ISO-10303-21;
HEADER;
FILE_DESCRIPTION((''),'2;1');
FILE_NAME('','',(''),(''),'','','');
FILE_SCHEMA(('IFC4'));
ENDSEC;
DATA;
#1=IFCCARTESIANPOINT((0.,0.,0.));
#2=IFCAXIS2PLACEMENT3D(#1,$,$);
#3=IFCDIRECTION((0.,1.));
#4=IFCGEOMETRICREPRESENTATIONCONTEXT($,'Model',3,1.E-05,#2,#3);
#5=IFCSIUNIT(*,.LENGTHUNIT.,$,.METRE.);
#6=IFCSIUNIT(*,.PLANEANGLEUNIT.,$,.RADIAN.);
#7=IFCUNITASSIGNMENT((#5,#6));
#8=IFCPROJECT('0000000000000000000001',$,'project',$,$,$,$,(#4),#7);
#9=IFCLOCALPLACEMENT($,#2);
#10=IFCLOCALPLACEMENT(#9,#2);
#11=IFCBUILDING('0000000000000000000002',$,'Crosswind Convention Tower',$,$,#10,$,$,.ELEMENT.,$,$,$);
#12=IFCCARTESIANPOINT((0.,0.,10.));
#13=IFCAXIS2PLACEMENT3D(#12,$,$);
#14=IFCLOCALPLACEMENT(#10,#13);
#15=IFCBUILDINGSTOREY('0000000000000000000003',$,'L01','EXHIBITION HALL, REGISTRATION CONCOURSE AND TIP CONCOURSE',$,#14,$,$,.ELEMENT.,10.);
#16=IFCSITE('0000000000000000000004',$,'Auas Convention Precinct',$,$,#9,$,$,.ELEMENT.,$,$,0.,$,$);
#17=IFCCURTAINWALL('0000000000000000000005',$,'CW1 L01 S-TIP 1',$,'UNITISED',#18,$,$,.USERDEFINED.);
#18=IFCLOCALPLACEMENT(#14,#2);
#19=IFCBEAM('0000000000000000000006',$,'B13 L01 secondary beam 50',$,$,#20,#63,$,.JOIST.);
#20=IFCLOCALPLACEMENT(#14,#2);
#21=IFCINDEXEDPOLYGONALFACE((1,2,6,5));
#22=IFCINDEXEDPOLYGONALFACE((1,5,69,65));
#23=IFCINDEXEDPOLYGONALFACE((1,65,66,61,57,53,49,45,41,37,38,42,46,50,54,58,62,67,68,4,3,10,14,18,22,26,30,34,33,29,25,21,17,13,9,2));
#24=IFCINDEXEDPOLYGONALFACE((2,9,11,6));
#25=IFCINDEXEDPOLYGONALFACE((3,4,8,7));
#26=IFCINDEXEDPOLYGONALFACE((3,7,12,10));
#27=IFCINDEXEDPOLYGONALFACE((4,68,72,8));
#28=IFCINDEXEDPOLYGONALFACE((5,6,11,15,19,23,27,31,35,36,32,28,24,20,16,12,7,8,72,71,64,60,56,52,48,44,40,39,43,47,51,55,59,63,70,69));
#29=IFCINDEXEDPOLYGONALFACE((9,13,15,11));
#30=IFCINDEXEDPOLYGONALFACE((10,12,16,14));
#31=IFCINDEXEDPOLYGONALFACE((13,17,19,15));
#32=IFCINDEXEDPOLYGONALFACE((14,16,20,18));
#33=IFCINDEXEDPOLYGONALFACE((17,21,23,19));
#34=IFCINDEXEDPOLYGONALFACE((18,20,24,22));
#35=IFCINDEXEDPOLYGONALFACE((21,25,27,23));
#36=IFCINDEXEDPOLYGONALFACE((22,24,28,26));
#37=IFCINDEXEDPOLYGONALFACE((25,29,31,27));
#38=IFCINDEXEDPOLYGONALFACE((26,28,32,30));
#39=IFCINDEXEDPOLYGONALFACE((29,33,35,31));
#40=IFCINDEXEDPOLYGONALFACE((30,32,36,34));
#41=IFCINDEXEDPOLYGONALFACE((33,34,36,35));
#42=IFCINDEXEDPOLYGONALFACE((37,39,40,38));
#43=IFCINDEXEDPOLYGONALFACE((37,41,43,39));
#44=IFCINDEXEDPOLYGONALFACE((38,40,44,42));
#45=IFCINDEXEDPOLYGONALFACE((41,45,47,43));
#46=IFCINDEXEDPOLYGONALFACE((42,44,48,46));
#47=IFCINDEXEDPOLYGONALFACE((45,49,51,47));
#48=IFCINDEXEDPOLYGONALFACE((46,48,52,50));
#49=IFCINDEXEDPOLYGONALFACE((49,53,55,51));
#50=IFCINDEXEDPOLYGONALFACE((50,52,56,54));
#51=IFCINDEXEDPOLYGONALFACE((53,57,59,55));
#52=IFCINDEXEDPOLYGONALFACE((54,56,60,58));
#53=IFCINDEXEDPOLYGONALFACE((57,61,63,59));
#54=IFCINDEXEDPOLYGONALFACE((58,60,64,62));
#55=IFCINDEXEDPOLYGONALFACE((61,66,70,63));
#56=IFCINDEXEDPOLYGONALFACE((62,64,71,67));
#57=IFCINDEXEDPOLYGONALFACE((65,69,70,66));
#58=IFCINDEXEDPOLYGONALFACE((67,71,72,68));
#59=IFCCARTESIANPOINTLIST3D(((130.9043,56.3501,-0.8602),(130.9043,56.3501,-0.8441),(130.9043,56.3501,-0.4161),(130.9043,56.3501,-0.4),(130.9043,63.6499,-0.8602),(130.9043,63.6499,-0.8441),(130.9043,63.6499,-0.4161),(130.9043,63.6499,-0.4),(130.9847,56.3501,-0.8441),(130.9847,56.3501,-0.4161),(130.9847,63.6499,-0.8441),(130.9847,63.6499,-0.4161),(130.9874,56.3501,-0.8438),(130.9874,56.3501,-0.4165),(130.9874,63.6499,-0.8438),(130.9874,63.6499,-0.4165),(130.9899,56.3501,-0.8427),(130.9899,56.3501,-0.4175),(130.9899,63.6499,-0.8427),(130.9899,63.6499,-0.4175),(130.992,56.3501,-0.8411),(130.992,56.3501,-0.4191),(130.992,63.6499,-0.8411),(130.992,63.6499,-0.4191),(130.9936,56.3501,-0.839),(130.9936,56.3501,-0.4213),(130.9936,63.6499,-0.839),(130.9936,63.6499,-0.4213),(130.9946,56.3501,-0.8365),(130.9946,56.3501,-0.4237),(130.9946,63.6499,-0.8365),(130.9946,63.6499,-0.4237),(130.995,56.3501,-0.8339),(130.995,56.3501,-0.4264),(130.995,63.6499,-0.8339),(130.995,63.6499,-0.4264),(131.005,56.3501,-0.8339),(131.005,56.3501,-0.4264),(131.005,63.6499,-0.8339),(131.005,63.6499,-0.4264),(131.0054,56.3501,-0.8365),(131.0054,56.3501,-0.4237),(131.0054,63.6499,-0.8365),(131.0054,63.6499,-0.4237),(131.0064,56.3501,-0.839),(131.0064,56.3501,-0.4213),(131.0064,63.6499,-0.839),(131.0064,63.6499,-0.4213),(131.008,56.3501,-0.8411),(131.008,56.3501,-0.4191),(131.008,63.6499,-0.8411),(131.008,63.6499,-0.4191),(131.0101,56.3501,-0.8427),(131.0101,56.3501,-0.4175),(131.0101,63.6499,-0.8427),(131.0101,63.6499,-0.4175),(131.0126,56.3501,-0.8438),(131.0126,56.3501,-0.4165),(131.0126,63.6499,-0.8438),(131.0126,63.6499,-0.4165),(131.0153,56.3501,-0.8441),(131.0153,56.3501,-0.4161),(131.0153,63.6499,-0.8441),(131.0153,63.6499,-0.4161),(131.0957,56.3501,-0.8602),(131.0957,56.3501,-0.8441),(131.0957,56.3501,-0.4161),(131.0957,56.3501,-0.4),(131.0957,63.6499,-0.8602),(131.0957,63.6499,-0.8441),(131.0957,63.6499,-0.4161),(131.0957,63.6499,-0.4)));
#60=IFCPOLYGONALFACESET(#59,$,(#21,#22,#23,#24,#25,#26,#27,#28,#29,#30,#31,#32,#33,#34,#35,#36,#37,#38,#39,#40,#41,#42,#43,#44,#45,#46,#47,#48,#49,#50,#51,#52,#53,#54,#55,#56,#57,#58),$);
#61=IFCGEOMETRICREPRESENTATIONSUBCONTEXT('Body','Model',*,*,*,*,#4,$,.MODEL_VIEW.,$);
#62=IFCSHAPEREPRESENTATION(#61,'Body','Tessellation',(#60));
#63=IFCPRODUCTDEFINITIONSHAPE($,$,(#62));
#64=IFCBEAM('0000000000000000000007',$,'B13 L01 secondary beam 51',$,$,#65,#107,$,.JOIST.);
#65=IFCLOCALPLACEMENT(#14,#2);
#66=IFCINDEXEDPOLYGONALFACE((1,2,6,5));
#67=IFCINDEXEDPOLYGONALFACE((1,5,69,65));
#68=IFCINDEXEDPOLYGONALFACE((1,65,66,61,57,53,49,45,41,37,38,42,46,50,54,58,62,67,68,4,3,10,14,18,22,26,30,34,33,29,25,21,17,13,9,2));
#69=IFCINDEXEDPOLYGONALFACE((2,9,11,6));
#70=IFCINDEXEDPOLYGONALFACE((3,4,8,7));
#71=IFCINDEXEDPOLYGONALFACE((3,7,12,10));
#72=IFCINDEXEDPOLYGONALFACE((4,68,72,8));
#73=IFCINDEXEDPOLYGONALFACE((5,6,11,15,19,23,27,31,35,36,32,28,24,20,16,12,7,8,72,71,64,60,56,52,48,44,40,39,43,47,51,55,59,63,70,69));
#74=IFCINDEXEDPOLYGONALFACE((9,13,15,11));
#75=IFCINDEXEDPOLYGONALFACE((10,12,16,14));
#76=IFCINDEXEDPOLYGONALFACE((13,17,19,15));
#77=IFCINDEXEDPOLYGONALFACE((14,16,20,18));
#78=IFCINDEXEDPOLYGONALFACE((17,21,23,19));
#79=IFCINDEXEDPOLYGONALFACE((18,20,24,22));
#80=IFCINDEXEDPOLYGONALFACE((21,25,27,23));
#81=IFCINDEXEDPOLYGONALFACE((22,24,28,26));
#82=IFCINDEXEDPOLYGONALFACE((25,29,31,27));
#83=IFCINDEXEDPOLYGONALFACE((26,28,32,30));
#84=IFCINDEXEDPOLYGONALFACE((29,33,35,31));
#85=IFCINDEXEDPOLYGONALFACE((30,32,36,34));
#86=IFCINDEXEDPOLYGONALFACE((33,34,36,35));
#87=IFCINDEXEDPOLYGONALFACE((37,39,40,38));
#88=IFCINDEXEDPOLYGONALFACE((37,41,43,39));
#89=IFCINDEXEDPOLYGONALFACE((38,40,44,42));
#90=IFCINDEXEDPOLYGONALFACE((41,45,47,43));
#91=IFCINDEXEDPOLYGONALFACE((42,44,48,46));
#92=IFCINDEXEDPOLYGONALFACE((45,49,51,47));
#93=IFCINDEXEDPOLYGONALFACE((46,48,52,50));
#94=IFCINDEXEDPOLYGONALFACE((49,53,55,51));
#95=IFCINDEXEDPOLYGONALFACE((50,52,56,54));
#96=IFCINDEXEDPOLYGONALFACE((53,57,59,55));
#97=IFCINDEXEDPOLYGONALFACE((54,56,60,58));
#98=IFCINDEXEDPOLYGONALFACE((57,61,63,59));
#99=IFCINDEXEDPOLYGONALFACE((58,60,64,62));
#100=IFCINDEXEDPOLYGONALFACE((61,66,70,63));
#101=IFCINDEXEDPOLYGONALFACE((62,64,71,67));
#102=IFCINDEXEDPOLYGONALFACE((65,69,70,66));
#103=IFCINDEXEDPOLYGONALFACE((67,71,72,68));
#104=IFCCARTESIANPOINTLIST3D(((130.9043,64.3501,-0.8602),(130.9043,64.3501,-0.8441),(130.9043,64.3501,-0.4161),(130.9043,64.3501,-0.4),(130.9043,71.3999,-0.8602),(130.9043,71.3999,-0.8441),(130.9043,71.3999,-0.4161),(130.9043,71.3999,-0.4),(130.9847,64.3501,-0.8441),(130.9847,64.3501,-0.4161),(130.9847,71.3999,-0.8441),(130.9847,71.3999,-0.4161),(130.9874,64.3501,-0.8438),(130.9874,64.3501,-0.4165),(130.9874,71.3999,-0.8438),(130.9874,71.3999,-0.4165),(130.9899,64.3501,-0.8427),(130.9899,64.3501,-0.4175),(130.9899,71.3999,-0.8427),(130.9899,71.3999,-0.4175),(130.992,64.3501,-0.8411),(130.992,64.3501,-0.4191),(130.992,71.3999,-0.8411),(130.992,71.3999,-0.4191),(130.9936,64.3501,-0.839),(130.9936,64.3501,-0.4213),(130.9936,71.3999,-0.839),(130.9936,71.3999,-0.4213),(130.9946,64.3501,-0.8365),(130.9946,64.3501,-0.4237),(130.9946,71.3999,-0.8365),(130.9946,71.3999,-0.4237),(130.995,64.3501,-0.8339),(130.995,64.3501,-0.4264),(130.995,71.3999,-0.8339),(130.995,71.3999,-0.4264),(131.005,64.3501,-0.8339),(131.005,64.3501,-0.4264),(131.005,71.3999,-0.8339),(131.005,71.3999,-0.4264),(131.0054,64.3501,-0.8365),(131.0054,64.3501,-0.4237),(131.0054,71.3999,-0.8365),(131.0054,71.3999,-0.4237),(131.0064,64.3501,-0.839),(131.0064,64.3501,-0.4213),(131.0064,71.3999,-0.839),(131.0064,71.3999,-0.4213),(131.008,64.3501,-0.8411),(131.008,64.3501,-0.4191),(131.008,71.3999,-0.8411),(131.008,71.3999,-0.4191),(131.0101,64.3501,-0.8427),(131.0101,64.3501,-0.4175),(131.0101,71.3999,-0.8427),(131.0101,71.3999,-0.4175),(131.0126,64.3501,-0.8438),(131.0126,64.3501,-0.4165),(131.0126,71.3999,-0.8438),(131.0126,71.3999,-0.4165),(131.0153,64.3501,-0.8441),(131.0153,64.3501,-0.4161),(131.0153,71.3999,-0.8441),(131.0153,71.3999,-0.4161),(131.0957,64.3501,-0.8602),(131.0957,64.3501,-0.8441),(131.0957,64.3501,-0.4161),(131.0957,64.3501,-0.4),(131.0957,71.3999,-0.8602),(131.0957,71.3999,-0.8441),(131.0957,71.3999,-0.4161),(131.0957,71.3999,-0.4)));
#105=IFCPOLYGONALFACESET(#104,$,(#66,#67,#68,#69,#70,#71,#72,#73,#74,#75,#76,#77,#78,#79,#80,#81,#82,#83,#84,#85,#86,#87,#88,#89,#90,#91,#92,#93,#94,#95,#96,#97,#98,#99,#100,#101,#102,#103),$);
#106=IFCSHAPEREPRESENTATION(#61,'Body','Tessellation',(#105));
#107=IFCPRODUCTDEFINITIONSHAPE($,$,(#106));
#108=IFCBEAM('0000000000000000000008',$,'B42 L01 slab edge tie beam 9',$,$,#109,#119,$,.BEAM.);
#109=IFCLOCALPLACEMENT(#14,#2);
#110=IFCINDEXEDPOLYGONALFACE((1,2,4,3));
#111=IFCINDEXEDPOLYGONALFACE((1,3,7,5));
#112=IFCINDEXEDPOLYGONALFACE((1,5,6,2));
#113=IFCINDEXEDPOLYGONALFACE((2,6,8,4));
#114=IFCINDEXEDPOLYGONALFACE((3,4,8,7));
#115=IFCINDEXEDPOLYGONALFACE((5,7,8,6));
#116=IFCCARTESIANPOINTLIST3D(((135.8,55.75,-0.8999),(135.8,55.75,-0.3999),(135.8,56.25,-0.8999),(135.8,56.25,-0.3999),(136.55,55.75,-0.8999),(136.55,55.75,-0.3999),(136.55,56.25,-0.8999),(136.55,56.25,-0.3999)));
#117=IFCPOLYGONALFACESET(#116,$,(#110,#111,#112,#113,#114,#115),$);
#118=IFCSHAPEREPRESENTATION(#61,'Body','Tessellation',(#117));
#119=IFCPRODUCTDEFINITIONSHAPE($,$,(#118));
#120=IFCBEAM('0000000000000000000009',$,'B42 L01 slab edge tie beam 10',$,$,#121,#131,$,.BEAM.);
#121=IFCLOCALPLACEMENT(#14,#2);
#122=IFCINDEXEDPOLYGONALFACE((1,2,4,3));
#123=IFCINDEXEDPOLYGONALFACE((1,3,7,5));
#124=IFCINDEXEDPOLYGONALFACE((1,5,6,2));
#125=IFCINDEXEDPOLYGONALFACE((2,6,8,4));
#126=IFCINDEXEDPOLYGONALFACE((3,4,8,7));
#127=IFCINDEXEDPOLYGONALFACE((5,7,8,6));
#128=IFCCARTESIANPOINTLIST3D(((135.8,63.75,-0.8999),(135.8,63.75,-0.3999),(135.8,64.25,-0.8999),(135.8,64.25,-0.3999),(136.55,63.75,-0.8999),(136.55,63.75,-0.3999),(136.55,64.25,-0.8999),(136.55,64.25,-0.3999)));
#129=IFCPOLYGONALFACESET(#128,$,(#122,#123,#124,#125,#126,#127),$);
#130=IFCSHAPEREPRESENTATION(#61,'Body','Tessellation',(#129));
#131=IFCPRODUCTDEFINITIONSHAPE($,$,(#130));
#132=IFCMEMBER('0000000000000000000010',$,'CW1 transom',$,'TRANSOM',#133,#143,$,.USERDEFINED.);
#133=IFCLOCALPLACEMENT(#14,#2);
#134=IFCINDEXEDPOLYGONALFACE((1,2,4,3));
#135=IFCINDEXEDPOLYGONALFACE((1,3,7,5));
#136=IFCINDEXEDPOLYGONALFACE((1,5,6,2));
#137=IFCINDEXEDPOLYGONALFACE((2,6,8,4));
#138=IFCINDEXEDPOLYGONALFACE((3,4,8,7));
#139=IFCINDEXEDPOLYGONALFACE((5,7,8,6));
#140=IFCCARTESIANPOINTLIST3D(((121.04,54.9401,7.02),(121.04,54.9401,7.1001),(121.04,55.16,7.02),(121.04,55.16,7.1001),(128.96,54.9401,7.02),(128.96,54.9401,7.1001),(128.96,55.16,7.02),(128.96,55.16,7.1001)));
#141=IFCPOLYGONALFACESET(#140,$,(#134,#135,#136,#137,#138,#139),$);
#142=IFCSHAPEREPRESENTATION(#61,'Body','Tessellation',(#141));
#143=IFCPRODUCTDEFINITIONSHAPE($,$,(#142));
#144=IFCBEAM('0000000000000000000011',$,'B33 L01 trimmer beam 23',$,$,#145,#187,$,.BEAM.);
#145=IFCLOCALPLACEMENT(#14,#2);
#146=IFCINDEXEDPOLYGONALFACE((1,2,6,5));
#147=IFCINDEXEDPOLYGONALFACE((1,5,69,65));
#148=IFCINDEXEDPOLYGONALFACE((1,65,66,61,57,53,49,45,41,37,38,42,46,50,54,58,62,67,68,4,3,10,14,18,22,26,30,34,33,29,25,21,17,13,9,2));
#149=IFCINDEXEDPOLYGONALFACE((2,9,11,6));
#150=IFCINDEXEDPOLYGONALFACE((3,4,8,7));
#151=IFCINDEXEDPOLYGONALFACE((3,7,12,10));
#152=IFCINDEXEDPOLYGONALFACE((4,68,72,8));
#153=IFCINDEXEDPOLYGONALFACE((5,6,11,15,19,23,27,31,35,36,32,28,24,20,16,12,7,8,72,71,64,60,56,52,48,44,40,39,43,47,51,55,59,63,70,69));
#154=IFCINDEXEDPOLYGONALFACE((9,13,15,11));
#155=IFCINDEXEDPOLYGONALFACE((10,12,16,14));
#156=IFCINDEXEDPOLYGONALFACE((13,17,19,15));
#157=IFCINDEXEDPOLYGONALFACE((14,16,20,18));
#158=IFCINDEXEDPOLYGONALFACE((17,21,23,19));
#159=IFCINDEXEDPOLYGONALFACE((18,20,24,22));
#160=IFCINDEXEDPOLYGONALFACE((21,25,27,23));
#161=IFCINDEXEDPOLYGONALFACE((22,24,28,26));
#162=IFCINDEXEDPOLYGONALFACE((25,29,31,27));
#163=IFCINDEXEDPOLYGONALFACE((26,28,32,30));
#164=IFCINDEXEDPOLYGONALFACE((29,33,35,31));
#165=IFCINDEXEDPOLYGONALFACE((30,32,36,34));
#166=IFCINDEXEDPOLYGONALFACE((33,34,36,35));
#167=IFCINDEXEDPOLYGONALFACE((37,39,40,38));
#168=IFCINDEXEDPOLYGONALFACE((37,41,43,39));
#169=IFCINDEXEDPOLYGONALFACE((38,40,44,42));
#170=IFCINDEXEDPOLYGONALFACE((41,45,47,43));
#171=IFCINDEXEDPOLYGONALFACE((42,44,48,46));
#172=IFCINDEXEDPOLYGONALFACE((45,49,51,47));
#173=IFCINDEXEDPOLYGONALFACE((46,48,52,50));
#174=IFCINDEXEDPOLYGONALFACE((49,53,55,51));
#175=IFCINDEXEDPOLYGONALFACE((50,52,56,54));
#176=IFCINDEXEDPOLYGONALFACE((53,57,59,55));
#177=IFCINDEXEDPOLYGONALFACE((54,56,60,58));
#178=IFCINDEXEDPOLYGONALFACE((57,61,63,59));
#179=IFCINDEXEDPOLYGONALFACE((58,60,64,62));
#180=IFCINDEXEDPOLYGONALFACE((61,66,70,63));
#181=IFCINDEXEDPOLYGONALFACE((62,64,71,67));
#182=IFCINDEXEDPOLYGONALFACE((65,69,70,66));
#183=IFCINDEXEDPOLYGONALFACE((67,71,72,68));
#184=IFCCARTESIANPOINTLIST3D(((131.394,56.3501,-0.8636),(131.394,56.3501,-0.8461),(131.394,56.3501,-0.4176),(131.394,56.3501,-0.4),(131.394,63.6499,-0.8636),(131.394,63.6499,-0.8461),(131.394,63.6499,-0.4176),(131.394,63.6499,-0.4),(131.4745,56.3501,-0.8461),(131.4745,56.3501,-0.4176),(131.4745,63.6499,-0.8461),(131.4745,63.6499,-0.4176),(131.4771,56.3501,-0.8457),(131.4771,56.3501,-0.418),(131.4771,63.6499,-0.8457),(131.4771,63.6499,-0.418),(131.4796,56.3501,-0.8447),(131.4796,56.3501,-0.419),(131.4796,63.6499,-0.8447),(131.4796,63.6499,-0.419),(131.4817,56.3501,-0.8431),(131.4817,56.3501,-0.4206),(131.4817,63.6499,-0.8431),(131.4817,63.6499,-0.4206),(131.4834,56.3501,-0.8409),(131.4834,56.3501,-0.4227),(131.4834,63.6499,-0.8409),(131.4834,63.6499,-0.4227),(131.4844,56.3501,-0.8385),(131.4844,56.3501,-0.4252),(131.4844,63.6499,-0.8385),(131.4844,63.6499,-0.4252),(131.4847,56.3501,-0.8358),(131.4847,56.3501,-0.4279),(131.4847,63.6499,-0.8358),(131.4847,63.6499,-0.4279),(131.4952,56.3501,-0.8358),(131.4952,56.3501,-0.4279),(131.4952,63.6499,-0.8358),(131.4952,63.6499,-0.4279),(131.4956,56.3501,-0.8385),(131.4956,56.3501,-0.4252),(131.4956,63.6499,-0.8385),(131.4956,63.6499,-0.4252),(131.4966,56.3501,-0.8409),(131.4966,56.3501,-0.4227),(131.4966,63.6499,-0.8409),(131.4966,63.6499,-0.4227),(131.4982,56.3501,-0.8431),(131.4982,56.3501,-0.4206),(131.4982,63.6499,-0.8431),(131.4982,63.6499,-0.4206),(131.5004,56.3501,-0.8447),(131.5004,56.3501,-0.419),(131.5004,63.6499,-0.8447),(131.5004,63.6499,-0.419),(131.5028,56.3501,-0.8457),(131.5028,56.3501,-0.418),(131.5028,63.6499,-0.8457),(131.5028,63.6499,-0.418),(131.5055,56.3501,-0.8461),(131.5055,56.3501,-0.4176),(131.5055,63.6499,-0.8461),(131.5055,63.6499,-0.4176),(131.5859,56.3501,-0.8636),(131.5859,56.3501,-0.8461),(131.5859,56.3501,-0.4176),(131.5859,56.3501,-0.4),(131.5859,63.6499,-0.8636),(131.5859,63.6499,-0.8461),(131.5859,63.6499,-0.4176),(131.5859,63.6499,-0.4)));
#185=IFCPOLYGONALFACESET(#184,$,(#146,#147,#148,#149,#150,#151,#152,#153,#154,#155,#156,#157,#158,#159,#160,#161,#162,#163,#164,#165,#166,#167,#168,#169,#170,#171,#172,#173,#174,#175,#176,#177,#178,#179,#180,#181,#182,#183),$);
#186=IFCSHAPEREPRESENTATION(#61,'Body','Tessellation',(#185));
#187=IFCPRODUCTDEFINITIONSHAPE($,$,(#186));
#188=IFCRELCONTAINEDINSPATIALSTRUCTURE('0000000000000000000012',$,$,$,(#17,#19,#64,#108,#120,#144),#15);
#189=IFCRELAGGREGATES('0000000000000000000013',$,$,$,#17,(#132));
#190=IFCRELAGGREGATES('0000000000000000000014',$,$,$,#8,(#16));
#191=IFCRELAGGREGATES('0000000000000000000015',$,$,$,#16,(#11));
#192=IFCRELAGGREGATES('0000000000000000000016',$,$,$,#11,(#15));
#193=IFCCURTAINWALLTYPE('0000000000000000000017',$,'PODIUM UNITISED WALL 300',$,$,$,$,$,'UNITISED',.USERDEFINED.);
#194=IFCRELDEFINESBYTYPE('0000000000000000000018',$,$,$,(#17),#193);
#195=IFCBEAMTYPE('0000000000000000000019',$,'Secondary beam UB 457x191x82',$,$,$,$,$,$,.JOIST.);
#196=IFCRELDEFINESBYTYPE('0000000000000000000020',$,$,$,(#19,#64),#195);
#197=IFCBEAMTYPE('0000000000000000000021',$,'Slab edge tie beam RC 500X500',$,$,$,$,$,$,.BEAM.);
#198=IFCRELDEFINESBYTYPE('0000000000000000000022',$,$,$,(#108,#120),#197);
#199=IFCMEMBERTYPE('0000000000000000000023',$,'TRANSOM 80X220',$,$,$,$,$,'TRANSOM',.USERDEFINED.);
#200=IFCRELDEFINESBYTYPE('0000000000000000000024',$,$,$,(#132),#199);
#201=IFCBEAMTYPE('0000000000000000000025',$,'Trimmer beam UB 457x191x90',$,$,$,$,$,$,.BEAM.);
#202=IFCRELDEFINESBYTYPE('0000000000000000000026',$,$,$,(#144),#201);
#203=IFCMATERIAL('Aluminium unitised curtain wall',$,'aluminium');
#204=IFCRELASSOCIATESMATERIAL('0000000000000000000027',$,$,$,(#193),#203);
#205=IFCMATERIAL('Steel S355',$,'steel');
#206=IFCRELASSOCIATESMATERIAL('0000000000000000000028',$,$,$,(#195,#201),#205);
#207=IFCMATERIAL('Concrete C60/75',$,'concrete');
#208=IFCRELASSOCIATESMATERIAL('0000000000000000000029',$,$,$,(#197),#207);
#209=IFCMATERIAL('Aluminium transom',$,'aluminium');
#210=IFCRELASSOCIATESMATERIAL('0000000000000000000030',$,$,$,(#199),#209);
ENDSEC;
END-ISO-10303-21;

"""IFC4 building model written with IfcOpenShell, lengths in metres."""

from ifc_helpers import new_model, si_unit, direction, frame, origin, origin_2d, place, context, subcontext, project, spatial, rectangle, i_section, extrude, material, material_profile, profile_set, type_object, element, aggregate, save


model = new_model("IFC4")

# Units and contexts
model_context = context("Model", 3, precision=1e-05, world=origin(), true_north=direction((0.0, 1.0)))
body_context = subcontext(model_context, "Body", "Model", "MODEL_VIEW")
ifc_project = project(units=[si_unit("LENGTHUNIT", "METRE"), si_unit("PLANEANGLEUNIT", "RADIAN")], contexts=[model_context])

# Site, building, storey
site_placement = place(None, origin())
site = spatial("IfcSite", under=ifc_project, at=site_placement, Name="Auas Convention Precinct", CompositionType="ELEMENT", RefElevation=0.0)
building_placement = place(site_placement, origin())
building = spatial("IfcBuilding", under=site, at=building_placement, Name="Crosswind Convention Tower", CompositionType="ELEMENT")
storey_placement = place(building_placement, frame((0.0, 0.0, 10.0)))
storey = spatial("IfcBuildingStorey", under=building, at=storey_placement, Name="L01", Description="EXHIBITION HALL, REGISTRATION CONCOURSE AND TIP CONCOURSE", CompositionType="ELEMENT", Elevation=10.0)

# Shared definitions
ifc_material_1 = material(Name="Concrete C60/75", Category="concrete")

# Shared definitions
ifc_material_2 = material(Name="Steel S355", Category="steel")

# Curtain wall
ifc_material_3 = material(Name="Aluminium unitised curtain wall", Category="aluminium")
curtain_wall_type = type_object("IfcCurtainWallType", Name="PODIUM UNITISED WALL 300", ElementType="UNITISED", PredefinedType="USERDEFINED", material=ifc_material_3)
curtain_wall_1_placement = place(storey_placement, origin())
curtain_wall_1 = element("IfcCurtainWall", 1, at=curtain_wall_1_placement, inside=storey, type_object=curtain_wall_type, Name="CW1 L01 S-TIP 1", ObjectType="UNITISED", PredefinedType="USERDEFINED")

# Beams
ifc_material_profile_1 = material_profile(ifc_material_2, i_section(OverallWidth=0.1914, OverallDepth=0.4602, WebThickness=0.01, FlangeThickness=0.0161, FilletRadius=0.0103, at=origin_2d()), Name="UB 457x191x82")
ifc_profile_set_1 = profile_set([ifc_material_profile_1], Name="Steel S355")
beam_type_1 = type_object("IfcBeamType", Name="Secondary beam UB 457x191x82", PredefinedType="JOIST", material=ifc_profile_set_1)
beam_1_placement = place(storey_placement, frame((131.0, 56.3501, -0.6301), z_axis=(0.0, 1.0, 0.0), x_axis=(-1.0, 0.0, 0.0)))
element("IfcBeam", 2, at=beam_1_placement, inside=storey, type_object=beam_type_1, Name="B13 L01 secondary beam 50", PredefinedType="JOIST", context=body_context, shape_type="SweptSolid", body=[
    extrude(i_section(OverallWidth=0.1914, OverallDepth=0.4602, WebThickness=0.01, FlangeThickness=0.0161, FilletRadius=0.0103, at=origin_2d()), origin(), (0.0, 0.0, 1.0), 7.2998),
])
beam_2_placement = place(storey_placement, frame((131.0, 64.3501, -0.6301), z_axis=(0.0, 1.0, 0.0), x_axis=(-1.0, 0.0, 0.0)))
element("IfcBeam", 3, at=beam_2_placement, inside=storey, type_object=beam_type_1, Name="B13 L01 secondary beam 51", PredefinedType="JOIST", context=body_context, shape_type="SweptSolid", body=[
    extrude(i_section(OverallWidth=0.1914, OverallDepth=0.4602, WebThickness=0.01, FlangeThickness=0.0161, FilletRadius=0.0103, at=origin_2d()), origin(), (0.0, 0.0, 1.0), 7.0498),
])
ifc_material_profile_2 = material_profile(ifc_material_1, rectangle(XDim=0.5, YDim=0.5, at=origin_2d()), Name="RC 500X500")
ifc_profile_set_2 = profile_set([ifc_material_profile_2], Name="Concrete C60/75")
beam_type_2 = type_object("IfcBeamType", Name="Slab edge tie beam RC 500X500", PredefinedType="BEAM", material=ifc_profile_set_2)
for number, where, z_axis, x_axis, name in (
    (4, (135.8, 56.0, -0.6499), (1.0, 0.0, 0.0), (0.0, 1.0, 0.0), "B42 L01 slab edge tie beam 9"),
    (5, (135.8, 64.0, -0.6499), (1.0, 0.0, 0.0), (0.0, 1.0, 0.0), "B42 L01 slab edge tie beam 10"),
):
    element("IfcBeam", number, at=place(storey_placement, frame(where, z_axis=z_axis, x_axis=x_axis)), inside=storey, type_object=beam_type_2, Name=name, PredefinedType="BEAM", context=body_context, shape_type="SweptSolid", body=[
        extrude(rectangle(XDim=0.5, YDim=0.5, at=origin_2d()), origin(), (0.0, 0.0, 1.0), 0.75),
    ])

# Member
ifc_material_4 = material(Name="Aluminium transom", Category="aluminium")
ifc_material_profile_3 = material_profile(ifc_material_4, rectangle(XDim=0.22, YDim=0.0801, at=origin_2d()), Name="AL 220X80")
ifc_profile_set_3 = profile_set([ifc_material_profile_3], Name="Aluminium transom")
member_type_1 = type_object("IfcMemberType", Name="TRANSOM 80X220", ElementType="TRANSOM", PredefinedType="USERDEFINED", material=ifc_profile_set_3)
member_1_placement = place(storey_placement, frame((121.04, 55.05, 7.0601), z_axis=(1.0, 0.0, 0.0), x_axis=(0.0, 1.0, 0.0)))
member_1 = element("IfcMember", 6, at=member_1_placement, type_object=member_type_1, Name="CW1 transom", ObjectType="TRANSOM", PredefinedType="USERDEFINED", context=body_context, shape_type="SweptSolid", body=[
    extrude(rectangle(XDim=0.22, YDim=0.0801, at=origin_2d()), origin(), (0.0, 0.0, 1.0), 7.9199),
])

# Beam
ifc_material_profile_4 = material_profile(ifc_material_2, i_section(OverallWidth=0.1919, OverallDepth=0.4636, WebThickness=0.0105, FlangeThickness=0.0176, FilletRadius=0.0103, at=origin_2d()), Name="UB 457x191x90")
ifc_profile_set_4 = profile_set([ifc_material_profile_4], Name="Steel S355")
beam_type_3 = type_object("IfcBeamType", Name="Trimmer beam UB 457x191x90", PredefinedType="BEAM", material=ifc_profile_set_4)
beam_3_placement = place(storey_placement, frame((131.49, 63.6499, -0.6318), z_axis=(0.0, -1.0, 0.0), x_axis=(1.0, 0.0, 0.0)))
element("IfcBeam", 7, at=beam_3_placement, inside=storey, type_object=beam_type_3, Name="B33 L01 trimmer beam 23", PredefinedType="BEAM", context=body_context, shape_type="SweptSolid", body=[
    extrude(i_section(OverallWidth=0.1919, OverallDepth=0.4636, WebThickness=0.0105, FlangeThickness=0.0176, FilletRadius=0.0103, at=origin_2d()), origin(), (0.0, 0.0, 1.0), 7.2998),
])

aggregate(curtain_wall_1, [member_1])

save(model, "model.ifc")
